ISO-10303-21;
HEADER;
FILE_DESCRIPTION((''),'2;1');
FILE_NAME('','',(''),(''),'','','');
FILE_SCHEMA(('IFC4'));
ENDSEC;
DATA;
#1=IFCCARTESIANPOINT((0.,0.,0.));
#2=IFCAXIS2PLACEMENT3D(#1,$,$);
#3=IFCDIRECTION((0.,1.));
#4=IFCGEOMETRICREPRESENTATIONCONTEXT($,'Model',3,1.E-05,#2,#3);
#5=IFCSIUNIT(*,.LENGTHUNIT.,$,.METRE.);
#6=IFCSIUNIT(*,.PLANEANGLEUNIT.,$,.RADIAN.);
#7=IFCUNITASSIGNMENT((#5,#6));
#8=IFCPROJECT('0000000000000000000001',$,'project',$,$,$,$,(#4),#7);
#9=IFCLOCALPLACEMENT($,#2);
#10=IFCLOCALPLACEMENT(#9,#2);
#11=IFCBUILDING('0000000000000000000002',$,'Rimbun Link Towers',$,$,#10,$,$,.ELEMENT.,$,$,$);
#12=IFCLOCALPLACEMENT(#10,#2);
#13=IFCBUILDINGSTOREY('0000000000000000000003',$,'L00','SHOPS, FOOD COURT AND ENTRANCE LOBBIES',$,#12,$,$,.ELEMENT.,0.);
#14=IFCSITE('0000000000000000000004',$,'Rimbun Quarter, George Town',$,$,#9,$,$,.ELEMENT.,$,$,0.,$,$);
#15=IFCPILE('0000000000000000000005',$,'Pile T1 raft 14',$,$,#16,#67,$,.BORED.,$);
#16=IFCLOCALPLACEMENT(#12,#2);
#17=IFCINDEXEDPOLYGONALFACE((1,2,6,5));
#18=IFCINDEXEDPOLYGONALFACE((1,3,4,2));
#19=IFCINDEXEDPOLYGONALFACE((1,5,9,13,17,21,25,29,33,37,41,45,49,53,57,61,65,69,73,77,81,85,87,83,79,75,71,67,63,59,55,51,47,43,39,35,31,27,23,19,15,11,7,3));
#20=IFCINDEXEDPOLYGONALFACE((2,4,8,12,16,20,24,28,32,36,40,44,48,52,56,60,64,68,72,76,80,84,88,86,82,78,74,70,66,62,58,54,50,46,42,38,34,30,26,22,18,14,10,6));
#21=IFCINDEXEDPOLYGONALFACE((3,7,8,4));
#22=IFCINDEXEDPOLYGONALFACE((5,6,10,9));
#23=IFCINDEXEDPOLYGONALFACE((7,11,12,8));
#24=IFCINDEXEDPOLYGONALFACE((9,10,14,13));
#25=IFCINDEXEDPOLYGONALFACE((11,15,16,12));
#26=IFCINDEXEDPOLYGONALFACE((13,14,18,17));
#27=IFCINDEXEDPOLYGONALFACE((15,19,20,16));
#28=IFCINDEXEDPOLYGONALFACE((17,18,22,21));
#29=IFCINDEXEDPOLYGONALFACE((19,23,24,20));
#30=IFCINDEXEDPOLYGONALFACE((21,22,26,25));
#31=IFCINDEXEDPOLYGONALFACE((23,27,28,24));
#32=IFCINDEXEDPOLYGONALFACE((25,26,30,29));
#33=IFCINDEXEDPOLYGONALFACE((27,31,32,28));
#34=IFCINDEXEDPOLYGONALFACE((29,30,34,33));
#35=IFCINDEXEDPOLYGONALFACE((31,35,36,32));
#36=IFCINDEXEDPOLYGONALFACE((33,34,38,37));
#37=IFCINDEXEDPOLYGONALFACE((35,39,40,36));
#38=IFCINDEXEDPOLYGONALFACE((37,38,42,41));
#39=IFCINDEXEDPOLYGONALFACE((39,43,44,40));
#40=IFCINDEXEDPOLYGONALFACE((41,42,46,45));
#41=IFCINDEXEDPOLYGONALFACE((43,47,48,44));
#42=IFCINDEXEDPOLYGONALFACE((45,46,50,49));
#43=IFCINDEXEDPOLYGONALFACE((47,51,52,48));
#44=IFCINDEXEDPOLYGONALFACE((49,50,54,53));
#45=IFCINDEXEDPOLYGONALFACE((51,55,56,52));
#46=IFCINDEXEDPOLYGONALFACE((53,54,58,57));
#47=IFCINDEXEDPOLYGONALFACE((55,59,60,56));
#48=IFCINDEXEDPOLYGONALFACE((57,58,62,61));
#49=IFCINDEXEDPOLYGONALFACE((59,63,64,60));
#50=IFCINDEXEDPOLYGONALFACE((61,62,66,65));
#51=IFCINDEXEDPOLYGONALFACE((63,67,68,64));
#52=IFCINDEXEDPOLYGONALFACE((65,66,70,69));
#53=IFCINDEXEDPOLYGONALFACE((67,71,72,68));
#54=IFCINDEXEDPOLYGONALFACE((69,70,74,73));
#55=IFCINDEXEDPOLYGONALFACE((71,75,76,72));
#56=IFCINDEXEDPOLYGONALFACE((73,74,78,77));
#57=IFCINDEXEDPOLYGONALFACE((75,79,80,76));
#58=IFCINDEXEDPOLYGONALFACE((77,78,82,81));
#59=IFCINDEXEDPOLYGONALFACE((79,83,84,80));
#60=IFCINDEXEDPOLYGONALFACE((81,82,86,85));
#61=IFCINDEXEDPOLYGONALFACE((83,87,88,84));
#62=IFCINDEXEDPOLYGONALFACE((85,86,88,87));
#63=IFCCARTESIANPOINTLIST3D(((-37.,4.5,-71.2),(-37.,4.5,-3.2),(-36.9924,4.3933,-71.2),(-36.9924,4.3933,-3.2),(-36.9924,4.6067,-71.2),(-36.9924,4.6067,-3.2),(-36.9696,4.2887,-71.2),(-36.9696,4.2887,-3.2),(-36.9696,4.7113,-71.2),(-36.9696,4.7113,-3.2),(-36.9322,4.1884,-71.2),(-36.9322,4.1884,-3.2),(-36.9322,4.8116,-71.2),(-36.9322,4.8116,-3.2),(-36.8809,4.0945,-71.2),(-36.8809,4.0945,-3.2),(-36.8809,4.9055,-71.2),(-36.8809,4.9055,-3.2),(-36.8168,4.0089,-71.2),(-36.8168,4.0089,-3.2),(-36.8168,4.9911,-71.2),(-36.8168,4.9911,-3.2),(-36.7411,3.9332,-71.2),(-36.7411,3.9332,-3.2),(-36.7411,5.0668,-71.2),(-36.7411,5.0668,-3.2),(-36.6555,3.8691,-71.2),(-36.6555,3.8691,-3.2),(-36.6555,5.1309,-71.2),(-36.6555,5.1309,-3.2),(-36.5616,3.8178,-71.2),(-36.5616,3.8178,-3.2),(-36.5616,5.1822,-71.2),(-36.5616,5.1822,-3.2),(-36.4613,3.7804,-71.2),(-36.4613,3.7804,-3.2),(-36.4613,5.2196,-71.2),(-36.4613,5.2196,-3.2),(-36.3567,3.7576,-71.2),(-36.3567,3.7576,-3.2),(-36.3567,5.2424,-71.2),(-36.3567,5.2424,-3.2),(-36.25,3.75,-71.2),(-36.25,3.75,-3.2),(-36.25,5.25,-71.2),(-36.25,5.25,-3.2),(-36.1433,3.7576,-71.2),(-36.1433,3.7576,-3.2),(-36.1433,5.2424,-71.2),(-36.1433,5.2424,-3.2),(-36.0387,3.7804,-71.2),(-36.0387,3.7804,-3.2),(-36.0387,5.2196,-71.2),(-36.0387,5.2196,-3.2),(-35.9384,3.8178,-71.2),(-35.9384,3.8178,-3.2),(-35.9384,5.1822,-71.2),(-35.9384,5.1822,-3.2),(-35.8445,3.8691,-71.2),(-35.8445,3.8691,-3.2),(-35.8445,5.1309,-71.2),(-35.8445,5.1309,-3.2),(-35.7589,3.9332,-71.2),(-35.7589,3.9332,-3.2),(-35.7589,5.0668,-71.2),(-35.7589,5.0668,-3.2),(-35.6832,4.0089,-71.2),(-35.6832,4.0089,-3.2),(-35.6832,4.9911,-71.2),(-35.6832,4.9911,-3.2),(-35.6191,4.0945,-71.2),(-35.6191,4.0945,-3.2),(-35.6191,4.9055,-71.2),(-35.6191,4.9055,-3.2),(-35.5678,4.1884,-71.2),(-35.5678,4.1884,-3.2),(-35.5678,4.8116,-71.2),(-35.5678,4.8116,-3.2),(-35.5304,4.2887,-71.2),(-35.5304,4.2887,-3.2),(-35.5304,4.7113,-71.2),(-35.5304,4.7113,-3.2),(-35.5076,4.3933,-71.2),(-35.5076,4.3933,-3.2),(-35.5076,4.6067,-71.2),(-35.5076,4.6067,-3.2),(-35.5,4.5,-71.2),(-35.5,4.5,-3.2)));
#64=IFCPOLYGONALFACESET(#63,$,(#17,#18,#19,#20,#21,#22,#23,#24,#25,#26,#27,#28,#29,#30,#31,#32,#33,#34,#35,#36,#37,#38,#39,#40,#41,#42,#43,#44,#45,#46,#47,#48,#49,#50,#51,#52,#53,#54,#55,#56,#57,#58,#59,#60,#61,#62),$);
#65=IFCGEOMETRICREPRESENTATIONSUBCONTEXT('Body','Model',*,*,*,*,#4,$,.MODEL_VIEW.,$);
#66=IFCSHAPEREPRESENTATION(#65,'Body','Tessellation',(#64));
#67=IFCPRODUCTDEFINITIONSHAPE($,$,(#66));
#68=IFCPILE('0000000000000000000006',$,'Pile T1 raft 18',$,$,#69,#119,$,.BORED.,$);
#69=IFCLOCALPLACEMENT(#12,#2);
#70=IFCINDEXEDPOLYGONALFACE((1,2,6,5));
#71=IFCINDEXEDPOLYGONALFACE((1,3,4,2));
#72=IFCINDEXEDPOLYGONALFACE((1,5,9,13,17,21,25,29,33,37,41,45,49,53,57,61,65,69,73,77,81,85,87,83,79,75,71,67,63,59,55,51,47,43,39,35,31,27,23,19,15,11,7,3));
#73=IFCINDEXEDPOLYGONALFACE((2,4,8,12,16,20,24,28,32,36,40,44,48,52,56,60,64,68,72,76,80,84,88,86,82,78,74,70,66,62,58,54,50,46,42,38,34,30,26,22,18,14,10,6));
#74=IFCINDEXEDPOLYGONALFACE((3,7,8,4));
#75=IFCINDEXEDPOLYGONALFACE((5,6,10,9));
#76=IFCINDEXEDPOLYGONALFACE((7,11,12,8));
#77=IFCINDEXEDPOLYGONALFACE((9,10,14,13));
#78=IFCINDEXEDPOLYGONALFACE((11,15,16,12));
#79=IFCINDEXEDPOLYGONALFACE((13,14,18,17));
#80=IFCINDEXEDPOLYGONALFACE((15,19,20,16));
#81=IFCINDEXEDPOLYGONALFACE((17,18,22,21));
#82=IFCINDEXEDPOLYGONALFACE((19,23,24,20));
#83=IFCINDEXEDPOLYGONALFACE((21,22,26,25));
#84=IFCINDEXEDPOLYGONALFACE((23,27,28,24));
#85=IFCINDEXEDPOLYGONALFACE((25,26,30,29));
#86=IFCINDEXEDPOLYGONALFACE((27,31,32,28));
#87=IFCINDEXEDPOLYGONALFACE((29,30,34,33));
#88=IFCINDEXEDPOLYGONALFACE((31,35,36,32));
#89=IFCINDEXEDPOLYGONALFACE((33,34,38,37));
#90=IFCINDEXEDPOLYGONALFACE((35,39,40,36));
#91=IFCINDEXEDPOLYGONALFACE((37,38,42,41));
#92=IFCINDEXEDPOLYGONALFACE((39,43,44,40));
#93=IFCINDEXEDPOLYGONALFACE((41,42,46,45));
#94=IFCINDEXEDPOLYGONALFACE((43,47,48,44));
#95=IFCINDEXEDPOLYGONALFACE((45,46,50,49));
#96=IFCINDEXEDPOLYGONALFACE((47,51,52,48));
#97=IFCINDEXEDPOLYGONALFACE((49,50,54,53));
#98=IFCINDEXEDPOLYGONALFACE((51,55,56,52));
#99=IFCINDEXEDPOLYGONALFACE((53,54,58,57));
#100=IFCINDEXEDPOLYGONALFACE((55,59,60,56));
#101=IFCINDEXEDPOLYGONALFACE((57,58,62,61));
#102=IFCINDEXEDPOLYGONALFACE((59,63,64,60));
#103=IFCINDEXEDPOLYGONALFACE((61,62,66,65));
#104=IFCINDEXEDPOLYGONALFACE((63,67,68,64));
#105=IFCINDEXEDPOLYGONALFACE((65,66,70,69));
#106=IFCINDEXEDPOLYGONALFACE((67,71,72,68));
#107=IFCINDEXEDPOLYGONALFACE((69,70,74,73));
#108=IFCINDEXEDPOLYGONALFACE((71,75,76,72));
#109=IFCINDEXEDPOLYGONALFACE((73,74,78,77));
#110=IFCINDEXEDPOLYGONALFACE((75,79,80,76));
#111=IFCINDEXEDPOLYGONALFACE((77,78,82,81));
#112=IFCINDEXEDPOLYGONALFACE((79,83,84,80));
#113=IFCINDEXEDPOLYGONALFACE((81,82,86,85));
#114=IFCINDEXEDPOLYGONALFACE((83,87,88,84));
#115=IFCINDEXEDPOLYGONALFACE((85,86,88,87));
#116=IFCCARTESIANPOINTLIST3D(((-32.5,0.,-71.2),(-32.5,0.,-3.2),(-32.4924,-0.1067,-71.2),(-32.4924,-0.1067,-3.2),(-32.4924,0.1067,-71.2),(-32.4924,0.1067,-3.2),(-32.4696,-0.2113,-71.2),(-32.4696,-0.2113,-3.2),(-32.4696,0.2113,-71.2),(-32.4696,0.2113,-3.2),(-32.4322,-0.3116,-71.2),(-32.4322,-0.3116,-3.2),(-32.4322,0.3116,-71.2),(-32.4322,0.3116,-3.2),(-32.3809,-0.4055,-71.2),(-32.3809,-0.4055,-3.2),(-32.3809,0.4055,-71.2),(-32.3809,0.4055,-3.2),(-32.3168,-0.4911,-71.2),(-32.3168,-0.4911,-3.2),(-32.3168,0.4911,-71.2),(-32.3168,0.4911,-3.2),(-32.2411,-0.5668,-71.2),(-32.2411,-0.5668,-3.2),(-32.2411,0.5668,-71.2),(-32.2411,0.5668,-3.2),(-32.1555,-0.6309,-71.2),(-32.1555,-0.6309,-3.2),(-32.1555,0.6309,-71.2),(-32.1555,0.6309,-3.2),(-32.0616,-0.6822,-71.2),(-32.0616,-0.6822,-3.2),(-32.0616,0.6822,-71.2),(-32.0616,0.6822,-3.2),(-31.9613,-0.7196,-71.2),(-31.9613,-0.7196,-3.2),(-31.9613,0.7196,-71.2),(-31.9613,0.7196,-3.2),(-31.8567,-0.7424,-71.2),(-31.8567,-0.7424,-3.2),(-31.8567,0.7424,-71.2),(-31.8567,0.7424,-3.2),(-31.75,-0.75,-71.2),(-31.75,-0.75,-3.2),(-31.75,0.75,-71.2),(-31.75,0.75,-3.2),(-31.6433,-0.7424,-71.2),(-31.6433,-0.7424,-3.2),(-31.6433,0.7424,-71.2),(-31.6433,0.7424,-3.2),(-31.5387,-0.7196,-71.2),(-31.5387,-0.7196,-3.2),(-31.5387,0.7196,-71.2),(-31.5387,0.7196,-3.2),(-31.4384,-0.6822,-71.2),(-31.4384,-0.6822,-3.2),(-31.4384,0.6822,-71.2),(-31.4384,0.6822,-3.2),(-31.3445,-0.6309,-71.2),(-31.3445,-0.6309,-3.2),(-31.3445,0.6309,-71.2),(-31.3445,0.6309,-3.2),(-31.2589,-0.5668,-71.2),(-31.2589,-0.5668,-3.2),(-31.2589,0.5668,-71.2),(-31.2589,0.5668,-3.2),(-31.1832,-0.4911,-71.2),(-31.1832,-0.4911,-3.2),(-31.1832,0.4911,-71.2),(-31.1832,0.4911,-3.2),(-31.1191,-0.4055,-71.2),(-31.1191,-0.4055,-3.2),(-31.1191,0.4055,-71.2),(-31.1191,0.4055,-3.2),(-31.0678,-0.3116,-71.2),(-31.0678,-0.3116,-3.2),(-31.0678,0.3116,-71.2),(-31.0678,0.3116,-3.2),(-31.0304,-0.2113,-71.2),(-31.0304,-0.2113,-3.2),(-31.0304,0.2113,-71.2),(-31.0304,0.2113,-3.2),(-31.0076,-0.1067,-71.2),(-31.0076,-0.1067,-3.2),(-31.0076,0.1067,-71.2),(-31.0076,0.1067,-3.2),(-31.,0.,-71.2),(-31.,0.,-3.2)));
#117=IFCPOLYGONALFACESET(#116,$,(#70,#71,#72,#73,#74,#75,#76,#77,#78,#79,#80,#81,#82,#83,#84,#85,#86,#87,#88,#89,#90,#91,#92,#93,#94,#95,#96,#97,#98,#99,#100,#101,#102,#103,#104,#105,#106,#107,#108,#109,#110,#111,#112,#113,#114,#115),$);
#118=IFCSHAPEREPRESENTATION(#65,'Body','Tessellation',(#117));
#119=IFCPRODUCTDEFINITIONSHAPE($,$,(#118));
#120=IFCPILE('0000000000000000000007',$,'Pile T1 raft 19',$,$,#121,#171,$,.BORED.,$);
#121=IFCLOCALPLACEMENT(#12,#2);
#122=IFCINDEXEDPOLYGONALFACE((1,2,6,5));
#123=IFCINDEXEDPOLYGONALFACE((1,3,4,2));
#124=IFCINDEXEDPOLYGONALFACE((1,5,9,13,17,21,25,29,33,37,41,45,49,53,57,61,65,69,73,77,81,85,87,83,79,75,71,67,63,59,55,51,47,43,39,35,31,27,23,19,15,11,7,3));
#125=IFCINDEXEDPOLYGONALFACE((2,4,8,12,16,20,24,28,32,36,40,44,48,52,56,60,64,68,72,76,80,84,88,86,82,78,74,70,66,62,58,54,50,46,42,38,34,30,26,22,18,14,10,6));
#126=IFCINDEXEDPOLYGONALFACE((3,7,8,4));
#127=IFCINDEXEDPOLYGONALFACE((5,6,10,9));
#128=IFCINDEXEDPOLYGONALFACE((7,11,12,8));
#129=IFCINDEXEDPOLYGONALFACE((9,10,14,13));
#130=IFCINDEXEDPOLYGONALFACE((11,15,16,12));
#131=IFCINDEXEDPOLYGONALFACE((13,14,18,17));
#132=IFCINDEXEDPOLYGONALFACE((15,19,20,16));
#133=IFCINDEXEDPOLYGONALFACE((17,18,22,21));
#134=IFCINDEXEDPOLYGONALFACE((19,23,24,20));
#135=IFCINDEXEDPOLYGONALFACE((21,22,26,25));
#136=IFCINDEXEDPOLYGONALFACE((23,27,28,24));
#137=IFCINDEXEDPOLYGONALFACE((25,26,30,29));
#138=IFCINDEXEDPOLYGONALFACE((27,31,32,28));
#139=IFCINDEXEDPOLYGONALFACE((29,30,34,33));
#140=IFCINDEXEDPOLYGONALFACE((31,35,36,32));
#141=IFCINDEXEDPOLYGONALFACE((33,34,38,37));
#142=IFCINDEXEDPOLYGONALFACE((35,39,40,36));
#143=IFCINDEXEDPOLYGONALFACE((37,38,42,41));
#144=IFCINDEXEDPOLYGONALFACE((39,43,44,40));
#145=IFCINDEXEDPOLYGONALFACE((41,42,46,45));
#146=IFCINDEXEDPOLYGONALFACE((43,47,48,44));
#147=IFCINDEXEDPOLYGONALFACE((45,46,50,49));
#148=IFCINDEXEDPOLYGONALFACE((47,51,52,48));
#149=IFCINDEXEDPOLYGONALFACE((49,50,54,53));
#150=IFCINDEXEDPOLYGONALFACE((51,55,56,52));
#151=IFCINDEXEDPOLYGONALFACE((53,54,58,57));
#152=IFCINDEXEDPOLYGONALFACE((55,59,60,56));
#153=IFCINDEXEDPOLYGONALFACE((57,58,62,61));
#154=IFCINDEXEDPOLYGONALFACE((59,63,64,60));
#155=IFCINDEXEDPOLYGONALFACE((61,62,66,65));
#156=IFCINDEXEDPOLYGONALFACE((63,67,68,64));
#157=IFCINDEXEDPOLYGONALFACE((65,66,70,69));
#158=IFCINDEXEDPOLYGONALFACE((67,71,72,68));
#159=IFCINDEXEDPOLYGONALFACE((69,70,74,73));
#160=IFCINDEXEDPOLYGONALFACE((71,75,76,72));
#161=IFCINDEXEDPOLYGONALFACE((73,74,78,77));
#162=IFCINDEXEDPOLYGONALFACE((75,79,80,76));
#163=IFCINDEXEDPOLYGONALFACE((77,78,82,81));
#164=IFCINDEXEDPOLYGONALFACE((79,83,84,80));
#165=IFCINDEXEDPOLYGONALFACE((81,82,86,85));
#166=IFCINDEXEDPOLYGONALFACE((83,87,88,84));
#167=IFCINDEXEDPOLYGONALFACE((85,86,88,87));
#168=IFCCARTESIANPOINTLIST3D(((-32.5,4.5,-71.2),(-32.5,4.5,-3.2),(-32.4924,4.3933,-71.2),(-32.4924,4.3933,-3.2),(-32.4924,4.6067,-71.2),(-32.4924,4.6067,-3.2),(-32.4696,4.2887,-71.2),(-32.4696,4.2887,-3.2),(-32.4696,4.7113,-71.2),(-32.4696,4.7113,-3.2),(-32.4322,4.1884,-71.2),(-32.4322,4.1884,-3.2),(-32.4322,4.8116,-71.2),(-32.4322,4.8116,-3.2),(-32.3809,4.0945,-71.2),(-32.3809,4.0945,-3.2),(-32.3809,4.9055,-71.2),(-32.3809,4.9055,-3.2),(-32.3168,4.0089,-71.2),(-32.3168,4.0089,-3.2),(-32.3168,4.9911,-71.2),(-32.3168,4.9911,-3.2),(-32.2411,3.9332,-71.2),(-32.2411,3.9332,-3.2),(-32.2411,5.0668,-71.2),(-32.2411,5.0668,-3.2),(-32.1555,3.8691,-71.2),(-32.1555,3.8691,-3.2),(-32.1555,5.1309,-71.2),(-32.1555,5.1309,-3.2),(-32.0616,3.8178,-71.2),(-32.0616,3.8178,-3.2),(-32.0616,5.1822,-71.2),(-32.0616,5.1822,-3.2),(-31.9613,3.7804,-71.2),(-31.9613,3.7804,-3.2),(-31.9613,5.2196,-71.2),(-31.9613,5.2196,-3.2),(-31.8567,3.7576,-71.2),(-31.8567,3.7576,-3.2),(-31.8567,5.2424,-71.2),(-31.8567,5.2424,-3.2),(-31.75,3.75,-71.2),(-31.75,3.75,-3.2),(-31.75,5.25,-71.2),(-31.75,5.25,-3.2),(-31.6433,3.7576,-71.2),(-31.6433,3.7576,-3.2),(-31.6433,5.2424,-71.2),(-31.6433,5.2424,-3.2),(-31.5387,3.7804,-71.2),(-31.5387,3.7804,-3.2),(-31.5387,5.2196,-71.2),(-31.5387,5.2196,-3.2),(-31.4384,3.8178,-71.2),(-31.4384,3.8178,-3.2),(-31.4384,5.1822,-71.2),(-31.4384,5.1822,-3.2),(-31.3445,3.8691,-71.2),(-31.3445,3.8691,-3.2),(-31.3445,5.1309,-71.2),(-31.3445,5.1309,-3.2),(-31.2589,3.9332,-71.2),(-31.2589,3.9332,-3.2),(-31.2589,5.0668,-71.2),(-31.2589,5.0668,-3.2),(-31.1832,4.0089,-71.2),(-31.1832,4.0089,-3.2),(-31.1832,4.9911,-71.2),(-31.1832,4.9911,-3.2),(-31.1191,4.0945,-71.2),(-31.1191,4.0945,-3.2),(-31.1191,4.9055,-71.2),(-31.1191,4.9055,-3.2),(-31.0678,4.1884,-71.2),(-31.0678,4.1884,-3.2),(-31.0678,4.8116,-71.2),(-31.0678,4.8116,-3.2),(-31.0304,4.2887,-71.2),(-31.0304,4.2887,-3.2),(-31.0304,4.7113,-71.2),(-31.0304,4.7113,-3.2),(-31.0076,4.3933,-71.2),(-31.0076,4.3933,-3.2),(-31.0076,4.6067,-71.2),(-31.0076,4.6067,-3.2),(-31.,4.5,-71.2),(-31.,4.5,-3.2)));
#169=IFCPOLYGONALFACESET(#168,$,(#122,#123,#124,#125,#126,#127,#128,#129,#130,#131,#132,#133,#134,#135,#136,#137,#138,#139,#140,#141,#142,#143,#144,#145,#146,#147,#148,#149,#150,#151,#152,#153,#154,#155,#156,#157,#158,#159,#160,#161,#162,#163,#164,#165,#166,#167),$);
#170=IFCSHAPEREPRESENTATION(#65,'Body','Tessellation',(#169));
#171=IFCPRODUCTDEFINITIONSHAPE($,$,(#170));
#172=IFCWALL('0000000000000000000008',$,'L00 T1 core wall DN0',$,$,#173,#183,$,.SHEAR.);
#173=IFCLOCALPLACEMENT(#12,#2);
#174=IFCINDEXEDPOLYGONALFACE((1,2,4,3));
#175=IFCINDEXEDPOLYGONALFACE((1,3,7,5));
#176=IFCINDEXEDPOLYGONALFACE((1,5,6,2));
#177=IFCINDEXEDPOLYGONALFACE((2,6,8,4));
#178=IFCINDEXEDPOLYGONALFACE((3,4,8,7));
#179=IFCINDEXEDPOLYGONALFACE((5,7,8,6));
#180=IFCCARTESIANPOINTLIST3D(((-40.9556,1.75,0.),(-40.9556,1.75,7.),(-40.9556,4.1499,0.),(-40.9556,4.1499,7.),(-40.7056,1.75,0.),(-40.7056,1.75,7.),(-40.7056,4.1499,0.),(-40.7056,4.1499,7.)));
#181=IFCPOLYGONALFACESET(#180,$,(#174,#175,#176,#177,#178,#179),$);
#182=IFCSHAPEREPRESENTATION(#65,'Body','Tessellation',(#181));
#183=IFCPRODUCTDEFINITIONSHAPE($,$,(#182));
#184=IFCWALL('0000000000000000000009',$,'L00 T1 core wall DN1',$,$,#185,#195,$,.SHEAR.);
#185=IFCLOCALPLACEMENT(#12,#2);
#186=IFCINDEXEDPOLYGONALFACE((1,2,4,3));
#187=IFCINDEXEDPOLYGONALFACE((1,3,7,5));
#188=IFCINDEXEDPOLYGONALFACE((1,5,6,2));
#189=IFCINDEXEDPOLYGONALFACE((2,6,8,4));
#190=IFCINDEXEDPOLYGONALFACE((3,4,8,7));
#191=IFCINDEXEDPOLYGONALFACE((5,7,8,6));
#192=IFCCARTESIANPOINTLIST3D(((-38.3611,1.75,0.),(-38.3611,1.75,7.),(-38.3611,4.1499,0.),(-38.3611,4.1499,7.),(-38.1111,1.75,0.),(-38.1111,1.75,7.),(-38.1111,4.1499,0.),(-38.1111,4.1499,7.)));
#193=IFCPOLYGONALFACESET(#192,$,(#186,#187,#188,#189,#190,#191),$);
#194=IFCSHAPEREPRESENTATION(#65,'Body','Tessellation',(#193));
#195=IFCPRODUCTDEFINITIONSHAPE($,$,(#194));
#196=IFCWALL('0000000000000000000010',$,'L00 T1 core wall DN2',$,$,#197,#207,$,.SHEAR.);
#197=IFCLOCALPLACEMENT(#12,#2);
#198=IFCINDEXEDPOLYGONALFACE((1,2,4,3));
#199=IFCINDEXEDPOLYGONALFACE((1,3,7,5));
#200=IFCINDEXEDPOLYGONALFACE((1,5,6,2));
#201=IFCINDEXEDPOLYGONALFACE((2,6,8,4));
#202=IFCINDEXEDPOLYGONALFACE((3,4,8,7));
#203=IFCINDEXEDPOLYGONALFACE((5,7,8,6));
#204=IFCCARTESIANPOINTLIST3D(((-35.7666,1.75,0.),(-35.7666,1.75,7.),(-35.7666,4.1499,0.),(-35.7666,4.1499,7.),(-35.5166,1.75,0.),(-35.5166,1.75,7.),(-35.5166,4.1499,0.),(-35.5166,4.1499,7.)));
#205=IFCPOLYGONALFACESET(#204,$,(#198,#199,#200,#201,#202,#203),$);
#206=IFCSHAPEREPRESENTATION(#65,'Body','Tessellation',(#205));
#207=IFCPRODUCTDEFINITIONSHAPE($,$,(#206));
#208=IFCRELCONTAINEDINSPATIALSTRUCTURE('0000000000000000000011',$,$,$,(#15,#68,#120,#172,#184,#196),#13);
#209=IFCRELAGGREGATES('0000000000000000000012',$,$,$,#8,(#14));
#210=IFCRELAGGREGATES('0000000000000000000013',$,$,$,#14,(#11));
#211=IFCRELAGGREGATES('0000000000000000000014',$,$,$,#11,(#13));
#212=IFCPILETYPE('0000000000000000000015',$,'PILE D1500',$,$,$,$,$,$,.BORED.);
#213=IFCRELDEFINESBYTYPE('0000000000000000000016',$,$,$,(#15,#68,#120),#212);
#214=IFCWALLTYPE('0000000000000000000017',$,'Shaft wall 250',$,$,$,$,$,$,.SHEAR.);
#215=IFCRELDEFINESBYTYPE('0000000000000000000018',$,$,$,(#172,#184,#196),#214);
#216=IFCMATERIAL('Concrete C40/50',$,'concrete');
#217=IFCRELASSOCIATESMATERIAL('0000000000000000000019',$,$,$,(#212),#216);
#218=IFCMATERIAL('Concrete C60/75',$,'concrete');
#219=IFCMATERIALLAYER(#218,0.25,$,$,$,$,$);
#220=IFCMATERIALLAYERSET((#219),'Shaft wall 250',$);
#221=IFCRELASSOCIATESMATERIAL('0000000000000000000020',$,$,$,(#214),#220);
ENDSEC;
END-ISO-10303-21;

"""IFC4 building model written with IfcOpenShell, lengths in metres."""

from ifc_helpers import new_model, si_unit, direction, frame, frame_2d, origin, origin_2d, place, context, subcontext, project, spatial, rectangle, circle, extrude, material, layer, layer_set, material_profile, profile_set, type_object, element, save


model = new_model("IFC4")

# Units and contexts
model_context = context("Model", 3, precision=1e-05, world=origin(), true_north=direction((0.0, 1.0)))
body_context = subcontext(model_context, "Body", "Model", "MODEL_VIEW")
ifc_project = project(units=[si_unit("LENGTHUNIT", "METRE"), si_unit("PLANEANGLEUNIT", "RADIAN")], contexts=[model_context])

# Site, building, storey
site_placement = place(None, origin())
site = spatial("IfcSite", under=ifc_project, at=site_placement, Name="Rimbun Quarter, George Town", CompositionType="ELEMENT", RefElevation=0.0)
building_placement = place(site_placement, origin())
building = spatial("IfcBuilding", under=site, at=building_placement, Name="Rimbun Link Towers", CompositionType="ELEMENT")
storey_placement = place(building_placement, origin())
storey = spatial("IfcBuildingStorey", under=building, at=storey_placement, Name="L00", Description="SHOPS, FOOD COURT AND ENTRANCE LOBBIES", CompositionType="ELEMENT", Elevation=0.0)

# Piles
ifc_material_1 = material(Name="Concrete C40/50", Category="concrete")
ifc_material_profile = material_profile(ifc_material_1, circle(Radius=0.75, at=origin_2d()), Name="PILE D1500")
ifc_profile_set = profile_set([ifc_material_profile], Name="Concrete C40/50")
pile_type = type_object("IfcPileType", Name="PILE D1500", PredefinedType="BORED", material=ifc_profile_set)
for number, where, z_axis, x_axis, name in (
    (1, (-36.25, 4.5, -3.2), (0.0, 0.0, -1.0), (1.0, 0.0, 0.0), "Pile T1 raft 14"),
    (2, (-31.75, 0.0, -3.2), (0.0, 0.0, -1.0), (1.0, 0.0, 0.0), "Pile T1 raft 18"),
    (3, (-31.75, 4.5, -3.2), (0.0, 0.0, -1.0), (1.0, 0.0, 0.0), "Pile T1 raft 19"),
):
    element("IfcPile", number, at=place(storey_placement, frame(where, z_axis=z_axis, x_axis=x_axis)), inside=storey, type_object=pile_type, Name=name, PredefinedType="BORED", context=body_context, shape_type="SweptSolid", body=[
        extrude(circle(Radius=0.75, at=origin_2d()), origin(), (0.0, 0.0, 1.0), 68.0),
    ])

# Walls
ifc_material_2 = material(Name="Concrete C60/75", Category="concrete")
ifc_layer = layer(ifc_material_2, 0.25)
ifc_layer_set = layer_set([ifc_layer], Name="Shaft wall 250")
wall_type = type_object("IfcWallType", Name="Shaft wall 250", PredefinedType="SHEAR", material=ifc_layer_set)
for number, where, z_axis, x_axis, name in (
    (4, (-40.8306, 1.75, 0.0), (0.0, 0.0, 1.0), (0.0, 1.0, 0.0), "L00 T1 core wall DN0"),
    (5, (-38.2361, 1.75, 0.0), (0.0, 0.0, 1.0), (0.0, 1.0, 0.0), "L00 T1 core wall DN1"),
    (6, (-35.6416, 1.75, 0.0), (0.0, 0.0, 1.0), (0.0, 1.0, 0.0), "L00 T1 core wall DN2"),
):
    element("IfcWall", number, at=place(storey_placement, frame(where, z_axis=z_axis, x_axis=x_axis)), inside=storey, type_object=wall_type, Name=name, PredefinedType="SHEAR", context=body_context, shape_type="SweptSolid", body=[
        extrude(rectangle(XDim=2.3999, YDim=0.25, at=frame_2d((1.2, 0.0))), origin(), (0.0, 0.0, 1.0), 7.0),
    ])

save(model, "model.ifc")
